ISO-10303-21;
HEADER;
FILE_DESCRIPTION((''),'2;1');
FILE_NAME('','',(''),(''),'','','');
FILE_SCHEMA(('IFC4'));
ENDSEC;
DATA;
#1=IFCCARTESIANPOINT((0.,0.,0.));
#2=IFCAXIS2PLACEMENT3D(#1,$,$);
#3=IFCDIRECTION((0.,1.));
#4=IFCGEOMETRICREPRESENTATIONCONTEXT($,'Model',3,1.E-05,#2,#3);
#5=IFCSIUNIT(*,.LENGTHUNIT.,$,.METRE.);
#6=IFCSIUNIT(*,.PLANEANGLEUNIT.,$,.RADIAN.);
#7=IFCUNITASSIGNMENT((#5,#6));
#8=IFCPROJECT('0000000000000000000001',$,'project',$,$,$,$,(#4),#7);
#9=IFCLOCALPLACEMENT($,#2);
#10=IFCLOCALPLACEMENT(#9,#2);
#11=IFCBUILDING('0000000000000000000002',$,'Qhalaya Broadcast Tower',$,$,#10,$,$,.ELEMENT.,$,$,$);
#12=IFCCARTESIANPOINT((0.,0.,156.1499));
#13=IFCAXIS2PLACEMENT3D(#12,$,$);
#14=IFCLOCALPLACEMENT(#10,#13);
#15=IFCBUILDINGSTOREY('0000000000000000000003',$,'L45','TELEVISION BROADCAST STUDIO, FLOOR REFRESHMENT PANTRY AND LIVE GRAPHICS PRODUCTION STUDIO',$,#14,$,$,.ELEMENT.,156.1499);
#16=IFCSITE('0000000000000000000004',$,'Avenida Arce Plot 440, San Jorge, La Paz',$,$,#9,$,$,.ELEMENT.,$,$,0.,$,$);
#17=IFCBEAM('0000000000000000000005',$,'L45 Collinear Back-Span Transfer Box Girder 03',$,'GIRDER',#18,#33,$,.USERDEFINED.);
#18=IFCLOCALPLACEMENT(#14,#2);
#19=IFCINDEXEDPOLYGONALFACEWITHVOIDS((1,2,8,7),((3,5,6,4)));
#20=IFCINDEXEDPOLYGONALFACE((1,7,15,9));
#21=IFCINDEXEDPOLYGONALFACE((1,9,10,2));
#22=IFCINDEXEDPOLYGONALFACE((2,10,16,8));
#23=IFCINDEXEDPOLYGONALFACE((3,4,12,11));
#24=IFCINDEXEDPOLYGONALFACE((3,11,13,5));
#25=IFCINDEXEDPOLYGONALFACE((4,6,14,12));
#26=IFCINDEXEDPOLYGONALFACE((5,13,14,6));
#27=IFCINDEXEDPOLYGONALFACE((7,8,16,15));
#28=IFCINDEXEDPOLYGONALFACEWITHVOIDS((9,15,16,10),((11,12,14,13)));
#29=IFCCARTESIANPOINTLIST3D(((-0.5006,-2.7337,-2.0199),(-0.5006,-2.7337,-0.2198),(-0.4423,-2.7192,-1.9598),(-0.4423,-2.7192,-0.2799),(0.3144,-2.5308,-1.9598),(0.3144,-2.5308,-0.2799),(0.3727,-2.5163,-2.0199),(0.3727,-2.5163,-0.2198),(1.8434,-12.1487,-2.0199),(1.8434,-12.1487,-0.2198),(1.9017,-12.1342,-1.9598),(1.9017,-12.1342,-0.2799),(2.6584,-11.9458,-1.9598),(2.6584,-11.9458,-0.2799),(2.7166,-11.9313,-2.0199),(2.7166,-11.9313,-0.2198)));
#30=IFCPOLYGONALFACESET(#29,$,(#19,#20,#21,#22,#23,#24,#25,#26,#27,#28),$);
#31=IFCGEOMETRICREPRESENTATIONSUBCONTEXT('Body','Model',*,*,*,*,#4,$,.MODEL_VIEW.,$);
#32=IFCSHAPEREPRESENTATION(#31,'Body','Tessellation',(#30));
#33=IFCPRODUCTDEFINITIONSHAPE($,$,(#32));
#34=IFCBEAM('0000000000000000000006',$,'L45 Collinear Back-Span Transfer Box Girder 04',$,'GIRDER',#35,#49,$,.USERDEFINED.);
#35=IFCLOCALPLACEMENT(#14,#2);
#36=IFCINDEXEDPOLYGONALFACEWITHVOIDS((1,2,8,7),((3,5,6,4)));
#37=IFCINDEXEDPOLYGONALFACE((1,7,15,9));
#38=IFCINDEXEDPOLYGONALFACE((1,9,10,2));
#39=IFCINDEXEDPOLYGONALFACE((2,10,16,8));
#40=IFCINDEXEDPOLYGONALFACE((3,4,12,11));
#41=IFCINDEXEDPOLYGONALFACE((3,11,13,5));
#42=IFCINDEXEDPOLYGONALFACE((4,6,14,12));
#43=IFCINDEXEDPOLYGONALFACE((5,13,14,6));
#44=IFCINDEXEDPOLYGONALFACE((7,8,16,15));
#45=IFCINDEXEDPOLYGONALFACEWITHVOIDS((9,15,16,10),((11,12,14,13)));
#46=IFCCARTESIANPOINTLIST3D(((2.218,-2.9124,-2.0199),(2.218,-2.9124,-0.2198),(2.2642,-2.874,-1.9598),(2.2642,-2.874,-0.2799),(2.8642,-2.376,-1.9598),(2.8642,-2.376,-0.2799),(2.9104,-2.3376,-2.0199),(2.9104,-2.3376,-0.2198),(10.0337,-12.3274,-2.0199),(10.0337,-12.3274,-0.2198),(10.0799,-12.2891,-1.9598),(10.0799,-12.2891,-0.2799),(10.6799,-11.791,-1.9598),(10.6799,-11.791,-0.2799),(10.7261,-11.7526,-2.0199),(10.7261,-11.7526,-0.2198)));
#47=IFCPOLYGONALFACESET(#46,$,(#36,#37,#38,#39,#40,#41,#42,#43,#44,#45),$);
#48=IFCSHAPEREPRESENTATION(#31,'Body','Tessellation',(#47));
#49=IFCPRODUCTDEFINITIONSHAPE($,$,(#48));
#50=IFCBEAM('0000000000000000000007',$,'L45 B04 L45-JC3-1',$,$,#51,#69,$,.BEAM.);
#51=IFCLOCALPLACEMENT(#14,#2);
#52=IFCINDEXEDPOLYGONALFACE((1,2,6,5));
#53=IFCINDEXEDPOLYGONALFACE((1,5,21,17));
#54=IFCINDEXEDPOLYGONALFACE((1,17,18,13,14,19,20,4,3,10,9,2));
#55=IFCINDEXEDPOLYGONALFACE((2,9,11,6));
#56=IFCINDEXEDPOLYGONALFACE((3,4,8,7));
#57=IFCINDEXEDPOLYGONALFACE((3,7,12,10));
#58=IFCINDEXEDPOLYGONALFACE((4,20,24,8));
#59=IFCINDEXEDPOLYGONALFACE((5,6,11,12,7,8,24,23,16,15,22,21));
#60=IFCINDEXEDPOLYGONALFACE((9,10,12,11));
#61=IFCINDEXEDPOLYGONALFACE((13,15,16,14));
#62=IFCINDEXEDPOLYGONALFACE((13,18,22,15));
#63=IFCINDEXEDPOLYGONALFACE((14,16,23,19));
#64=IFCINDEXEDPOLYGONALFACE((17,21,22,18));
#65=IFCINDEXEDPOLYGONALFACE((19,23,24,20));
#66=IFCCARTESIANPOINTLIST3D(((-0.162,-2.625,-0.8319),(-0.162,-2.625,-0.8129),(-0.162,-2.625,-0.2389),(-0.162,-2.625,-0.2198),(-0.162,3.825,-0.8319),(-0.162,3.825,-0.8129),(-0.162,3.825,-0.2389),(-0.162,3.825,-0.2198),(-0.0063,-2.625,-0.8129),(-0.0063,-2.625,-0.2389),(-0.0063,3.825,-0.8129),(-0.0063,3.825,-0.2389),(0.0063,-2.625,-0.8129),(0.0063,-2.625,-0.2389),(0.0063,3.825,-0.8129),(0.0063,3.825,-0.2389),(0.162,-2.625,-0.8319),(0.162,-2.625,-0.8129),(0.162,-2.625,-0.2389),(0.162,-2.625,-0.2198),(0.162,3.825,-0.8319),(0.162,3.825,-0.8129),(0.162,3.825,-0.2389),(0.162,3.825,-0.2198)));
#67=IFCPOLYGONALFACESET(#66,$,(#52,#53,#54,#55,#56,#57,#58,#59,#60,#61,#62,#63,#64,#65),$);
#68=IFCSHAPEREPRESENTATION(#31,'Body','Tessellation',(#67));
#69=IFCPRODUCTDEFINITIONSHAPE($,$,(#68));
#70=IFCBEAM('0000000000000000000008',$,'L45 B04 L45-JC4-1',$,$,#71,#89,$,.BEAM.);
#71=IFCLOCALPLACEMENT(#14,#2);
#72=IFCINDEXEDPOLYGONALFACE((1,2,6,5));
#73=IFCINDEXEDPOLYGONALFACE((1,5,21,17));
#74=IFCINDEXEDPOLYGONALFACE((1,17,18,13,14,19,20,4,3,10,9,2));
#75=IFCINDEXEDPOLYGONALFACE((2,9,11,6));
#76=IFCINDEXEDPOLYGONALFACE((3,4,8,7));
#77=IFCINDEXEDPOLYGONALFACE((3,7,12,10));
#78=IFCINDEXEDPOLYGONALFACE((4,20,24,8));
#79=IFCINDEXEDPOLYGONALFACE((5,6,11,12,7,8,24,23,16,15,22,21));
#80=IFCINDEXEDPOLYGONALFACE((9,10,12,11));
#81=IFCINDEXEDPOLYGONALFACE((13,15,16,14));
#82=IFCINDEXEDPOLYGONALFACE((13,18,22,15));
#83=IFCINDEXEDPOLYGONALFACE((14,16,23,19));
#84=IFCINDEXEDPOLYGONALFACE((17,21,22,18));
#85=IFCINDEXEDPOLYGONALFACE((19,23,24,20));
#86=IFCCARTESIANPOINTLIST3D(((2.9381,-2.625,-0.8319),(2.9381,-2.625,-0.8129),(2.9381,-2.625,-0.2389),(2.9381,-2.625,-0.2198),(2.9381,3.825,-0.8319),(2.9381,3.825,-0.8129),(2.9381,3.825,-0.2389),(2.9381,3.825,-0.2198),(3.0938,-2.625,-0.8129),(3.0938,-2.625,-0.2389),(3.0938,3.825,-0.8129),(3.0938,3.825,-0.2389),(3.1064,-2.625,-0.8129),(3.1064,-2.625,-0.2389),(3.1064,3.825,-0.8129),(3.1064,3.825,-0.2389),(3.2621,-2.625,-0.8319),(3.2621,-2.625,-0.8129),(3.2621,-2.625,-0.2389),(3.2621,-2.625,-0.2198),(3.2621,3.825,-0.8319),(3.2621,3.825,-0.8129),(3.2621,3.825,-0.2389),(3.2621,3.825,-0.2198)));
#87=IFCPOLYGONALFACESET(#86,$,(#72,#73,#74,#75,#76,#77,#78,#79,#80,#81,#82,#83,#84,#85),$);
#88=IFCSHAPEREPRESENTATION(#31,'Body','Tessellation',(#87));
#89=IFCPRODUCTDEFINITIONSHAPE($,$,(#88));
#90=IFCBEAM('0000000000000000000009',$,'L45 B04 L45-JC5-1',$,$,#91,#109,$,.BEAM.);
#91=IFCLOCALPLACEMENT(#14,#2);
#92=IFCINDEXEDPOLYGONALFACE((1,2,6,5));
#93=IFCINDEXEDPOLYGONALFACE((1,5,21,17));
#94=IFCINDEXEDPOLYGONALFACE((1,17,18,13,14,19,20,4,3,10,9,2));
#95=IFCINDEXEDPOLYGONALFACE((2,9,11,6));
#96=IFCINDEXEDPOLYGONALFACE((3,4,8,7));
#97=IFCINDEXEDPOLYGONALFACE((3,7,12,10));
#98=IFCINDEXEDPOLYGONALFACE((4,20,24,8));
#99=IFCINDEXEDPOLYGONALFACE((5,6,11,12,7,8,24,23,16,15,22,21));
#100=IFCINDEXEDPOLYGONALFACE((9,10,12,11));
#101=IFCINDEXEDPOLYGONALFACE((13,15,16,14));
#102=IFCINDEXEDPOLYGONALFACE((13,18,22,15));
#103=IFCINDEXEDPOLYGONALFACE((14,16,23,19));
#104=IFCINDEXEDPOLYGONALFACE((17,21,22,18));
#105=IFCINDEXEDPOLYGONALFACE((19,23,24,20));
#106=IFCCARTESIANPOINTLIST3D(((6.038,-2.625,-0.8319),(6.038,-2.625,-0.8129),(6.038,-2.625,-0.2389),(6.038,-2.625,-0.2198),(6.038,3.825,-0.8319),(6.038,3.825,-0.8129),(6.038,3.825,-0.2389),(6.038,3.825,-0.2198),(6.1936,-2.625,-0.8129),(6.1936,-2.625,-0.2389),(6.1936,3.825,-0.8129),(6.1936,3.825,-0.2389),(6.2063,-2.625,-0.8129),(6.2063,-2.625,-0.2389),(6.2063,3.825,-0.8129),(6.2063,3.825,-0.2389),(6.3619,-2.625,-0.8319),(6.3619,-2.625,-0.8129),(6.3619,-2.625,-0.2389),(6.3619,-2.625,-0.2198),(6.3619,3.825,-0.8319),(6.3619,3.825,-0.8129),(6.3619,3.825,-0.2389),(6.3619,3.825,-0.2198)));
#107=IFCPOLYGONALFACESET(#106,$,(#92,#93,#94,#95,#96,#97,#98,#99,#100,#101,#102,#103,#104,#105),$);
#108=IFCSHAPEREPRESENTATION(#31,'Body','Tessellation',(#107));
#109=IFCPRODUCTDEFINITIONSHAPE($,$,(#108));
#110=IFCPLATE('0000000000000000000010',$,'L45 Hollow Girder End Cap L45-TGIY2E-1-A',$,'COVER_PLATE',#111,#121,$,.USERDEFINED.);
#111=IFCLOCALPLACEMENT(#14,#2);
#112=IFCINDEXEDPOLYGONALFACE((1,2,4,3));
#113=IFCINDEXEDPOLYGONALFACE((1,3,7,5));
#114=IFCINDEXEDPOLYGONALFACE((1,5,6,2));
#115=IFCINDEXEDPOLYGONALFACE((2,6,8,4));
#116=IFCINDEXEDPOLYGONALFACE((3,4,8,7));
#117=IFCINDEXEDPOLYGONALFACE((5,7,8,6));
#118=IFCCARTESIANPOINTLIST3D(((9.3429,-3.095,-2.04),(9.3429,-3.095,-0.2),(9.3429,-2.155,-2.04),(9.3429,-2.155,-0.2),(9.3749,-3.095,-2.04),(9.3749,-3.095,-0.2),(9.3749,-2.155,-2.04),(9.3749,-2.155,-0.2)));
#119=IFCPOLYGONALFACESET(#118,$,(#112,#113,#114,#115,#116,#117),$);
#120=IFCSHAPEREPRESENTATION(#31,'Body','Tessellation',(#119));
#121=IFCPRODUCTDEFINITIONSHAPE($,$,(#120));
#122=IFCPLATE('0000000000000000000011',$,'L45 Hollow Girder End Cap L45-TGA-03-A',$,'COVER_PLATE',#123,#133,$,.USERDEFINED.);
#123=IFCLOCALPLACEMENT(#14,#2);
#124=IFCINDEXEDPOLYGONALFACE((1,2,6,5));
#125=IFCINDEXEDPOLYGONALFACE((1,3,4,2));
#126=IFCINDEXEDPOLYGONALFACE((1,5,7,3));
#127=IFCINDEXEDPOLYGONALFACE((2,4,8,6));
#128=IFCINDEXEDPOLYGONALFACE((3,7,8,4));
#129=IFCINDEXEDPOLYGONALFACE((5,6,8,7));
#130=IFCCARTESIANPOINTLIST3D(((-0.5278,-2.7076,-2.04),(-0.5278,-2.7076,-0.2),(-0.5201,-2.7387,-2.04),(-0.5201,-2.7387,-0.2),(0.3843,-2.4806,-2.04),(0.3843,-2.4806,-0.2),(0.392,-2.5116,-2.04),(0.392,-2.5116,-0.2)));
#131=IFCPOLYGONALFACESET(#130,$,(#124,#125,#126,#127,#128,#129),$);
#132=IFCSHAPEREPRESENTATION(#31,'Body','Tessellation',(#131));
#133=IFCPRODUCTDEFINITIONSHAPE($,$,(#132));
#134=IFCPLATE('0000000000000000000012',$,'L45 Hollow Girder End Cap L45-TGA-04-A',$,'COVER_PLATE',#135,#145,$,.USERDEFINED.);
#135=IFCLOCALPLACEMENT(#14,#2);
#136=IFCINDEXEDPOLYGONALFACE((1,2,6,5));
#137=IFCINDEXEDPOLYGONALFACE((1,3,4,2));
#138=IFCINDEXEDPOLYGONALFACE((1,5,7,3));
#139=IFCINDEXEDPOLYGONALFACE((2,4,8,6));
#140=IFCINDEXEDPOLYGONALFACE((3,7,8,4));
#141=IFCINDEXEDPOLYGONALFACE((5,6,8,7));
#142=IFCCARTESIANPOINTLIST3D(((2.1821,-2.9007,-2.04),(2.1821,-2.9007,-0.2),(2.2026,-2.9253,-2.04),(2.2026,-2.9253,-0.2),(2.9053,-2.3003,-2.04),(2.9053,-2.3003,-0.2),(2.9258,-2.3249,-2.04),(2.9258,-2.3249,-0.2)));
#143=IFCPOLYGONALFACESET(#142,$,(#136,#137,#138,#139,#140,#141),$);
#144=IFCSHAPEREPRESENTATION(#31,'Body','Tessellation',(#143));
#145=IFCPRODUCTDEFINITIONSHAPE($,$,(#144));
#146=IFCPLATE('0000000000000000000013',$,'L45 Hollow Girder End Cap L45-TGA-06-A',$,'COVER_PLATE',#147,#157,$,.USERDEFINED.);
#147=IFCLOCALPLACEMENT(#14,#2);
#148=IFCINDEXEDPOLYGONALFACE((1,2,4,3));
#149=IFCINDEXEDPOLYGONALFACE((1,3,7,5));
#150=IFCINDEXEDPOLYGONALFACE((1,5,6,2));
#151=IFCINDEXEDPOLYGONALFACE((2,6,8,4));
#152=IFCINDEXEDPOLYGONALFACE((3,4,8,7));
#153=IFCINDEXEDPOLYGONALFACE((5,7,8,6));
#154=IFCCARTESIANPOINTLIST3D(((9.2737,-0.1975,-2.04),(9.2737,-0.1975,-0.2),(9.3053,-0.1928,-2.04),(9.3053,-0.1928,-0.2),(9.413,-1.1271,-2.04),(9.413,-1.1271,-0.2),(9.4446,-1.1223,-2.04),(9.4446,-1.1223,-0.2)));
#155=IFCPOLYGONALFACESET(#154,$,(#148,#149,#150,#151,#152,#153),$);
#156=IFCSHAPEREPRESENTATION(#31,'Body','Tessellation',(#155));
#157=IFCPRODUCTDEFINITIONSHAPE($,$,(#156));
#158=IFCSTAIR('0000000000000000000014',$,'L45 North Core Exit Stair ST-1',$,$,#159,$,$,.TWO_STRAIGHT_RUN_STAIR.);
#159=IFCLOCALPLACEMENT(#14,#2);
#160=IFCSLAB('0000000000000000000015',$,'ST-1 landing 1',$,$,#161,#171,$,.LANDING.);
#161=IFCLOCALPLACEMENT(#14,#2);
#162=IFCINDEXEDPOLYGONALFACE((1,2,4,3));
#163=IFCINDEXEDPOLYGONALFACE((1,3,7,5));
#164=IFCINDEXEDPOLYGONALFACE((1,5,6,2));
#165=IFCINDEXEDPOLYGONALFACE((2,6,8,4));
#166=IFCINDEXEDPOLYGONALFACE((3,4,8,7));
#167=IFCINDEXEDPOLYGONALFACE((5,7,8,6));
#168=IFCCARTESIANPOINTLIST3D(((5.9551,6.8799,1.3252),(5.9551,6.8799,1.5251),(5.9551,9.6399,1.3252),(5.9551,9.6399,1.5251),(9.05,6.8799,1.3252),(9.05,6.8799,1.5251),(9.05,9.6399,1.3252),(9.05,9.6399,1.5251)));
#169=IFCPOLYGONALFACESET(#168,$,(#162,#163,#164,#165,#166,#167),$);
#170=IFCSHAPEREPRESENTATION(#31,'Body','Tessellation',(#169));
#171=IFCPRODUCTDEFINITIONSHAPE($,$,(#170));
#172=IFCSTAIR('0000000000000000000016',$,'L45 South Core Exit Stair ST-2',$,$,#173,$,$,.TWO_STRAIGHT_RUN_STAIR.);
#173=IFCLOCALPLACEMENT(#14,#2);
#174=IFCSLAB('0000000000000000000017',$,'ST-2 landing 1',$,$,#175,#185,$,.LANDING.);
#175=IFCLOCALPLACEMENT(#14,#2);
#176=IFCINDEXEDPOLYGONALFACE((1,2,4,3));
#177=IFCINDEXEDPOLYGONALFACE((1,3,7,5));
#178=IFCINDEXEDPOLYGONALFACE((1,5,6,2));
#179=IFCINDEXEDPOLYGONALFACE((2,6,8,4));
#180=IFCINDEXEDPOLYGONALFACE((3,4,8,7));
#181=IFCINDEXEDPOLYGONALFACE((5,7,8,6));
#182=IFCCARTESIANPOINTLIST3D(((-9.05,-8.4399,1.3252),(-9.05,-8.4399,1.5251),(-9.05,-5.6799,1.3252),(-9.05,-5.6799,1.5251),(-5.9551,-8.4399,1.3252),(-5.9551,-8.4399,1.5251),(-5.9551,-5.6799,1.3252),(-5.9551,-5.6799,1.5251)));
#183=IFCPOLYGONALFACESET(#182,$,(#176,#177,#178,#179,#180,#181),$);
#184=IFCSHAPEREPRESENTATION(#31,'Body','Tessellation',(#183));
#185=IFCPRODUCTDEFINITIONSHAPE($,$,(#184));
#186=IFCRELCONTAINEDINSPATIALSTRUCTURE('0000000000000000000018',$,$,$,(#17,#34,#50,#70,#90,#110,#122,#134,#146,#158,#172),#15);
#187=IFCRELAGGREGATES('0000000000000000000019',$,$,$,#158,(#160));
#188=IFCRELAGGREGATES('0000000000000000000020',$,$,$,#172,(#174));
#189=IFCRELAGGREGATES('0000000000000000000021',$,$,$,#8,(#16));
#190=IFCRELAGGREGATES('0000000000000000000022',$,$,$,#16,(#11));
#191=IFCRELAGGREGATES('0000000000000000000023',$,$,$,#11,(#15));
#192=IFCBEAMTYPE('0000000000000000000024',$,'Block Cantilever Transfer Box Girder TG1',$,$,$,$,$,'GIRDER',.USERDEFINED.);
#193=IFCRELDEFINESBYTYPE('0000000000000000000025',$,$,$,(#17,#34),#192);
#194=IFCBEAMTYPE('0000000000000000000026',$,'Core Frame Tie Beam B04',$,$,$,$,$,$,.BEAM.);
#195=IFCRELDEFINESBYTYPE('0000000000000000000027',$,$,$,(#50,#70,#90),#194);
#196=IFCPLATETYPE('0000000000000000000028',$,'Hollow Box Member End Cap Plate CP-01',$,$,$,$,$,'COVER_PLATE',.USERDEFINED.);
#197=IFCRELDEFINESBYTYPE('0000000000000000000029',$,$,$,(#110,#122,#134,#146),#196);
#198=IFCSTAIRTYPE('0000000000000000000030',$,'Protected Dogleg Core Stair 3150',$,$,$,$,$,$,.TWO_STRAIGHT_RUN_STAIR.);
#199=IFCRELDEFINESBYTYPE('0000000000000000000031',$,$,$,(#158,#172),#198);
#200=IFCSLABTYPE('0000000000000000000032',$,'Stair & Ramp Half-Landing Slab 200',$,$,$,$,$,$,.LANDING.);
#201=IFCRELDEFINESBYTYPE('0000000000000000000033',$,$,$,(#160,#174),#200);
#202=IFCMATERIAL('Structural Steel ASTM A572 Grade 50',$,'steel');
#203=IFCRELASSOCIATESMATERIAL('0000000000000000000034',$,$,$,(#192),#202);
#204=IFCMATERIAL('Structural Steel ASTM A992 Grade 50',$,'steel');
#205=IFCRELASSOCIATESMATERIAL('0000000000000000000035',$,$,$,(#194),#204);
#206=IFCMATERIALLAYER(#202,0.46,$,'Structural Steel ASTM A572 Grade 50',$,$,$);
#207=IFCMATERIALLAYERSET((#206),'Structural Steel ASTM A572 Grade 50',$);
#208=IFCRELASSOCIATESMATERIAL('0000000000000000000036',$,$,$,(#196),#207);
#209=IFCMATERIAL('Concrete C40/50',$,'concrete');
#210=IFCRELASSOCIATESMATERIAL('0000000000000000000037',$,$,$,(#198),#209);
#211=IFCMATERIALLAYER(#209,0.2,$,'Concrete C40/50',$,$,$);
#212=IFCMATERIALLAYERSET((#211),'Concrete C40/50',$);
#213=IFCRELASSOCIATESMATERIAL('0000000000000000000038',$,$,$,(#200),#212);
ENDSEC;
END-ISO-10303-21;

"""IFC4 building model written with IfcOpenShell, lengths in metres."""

from ifc_helpers import new_model, si_unit, direction, frame, origin, origin_2d, place, context, subcontext, project, spatial, polyline, rectangle, hollow_rectangle, i_section, outline, extrude, material, layer, layer_set, material_profile, profile_set, type_object, element, aggregate, save


model = new_model("IFC4")

# Units and contexts
model_context = context("Model", 3, precision=1e-05, world=origin(), true_north=direction((0.0, 1.0)))
body_context = subcontext(model_context, "Body", "Model", "MODEL_VIEW")
ifc_project = project(units=[si_unit("LENGTHUNIT", "METRE"), si_unit("PLANEANGLEUNIT", "RADIAN")], contexts=[model_context])

# Site, building, storey
site_placement = place(None, origin())
site = spatial("IfcSite", under=ifc_project, at=site_placement, Name="Avenida Arce Plot 440, San Jorge, La Paz", CompositionType="ELEMENT", RefElevation=0.0)
building_placement = place(site_placement, origin())
building = spatial("IfcBuilding", under=site, at=building_placement, Name="Qhalaya Broadcast Tower", CompositionType="ELEMENT")
storey_placement = place(building_placement, frame((0.0, 0.0, 156.1499)))
storey = spatial("IfcBuildingStorey", under=building, at=storey_placement, Name="L45", Description="TELEVISION BROADCAST STUDIO, FLOOR REFRESHMENT PANTRY AND LIVE GRAPHICS PRODUCTION STUDIO", CompositionType="ELEMENT", Elevation=156.1499)

# Beams
ifc_material_1 = material(Name="Structural Steel ASTM A572 Grade 50", Category="steel")
ifc_material_profile_1 = material_profile(ifc_material_1, hollow_rectangle(XDim=0.8999, YDim=1.8, WallThickness=0.0601, at=origin_2d()), Name="BOX 900x1800x60")
ifc_profile_set_1 = profile_set([ifc_material_profile_1], Name="Structural Steel ASTM A572 Grade 50")
beam_type_1 = type_object("IfcBeamType", Name="Block Cantilever Transfer Box Girder TG1", ElementType="GIRDER", PredefinedType="USERDEFINED", material=ifc_profile_set_1)
beam_1_placement = place(storey_placement, frame((-0.064, -2.625, -1.1199), z_axis=(0.241588, -0.970379, 0.0), x_axis=(0.970379, 0.241588, 0.0)))
element("IfcBeam", 1, at=beam_1_placement, inside=storey, type_object=beam_type_1, Name="L45 Collinear Back-Span Transfer Box Girder 03", ObjectType="GIRDER", PredefinedType="USERDEFINED", context=body_context, shape_type="SweptSolid", body=[
    extrude(hollow_rectangle(XDim=0.8999, YDim=1.8, WallThickness=0.0601, at=origin_2d()), origin(), (0.0, 0.0, 1.0), 9.7024),
])
beam_2_placement = place(storey_placement, frame((2.5642, -2.625, -1.1199), z_axis=(0.638727, -0.769433, 0.0), x_axis=(0.769433, 0.638727, 0.0)))
element("IfcBeam", 2, at=beam_2_placement, inside=storey, type_object=beam_type_1, Name="L45 Collinear Back-Span Transfer Box Girder 04", ObjectType="GIRDER", PredefinedType="USERDEFINED", context=body_context, shape_type="SweptSolid", body=[
    extrude(hollow_rectangle(XDim=0.8999, YDim=1.8, WallThickness=0.0601, at=origin_2d()), origin(), (0.0, 0.0, 1.0), 12.2363),
])
ifc_material_2 = material(Name="Structural Steel ASTM A992 Grade 50", Category="steel")
ifc_material_profile_2 = material_profile(ifc_material_2, i_section(OverallWidth=0.324, OverallDepth=0.6121, WebThickness=0.0127, FlangeThickness=0.019, at=origin_2d()), Name="W24X104")
ifc_profile_set_2 = profile_set([ifc_material_profile_2], Name="Structural Steel ASTM A992 Grade 50")
beam_type_2 = type_object("IfcBeamType", Name="Core Frame Tie Beam B04", PredefinedType="BEAM", material=ifc_profile_set_2)
for number, where, z_axis, x_axis, name in (
    (3, (0.0, -2.625, -0.5259), (0.0, 1.0, 0.0), (-1.0, 0.0, 0.0), "L45 B04 L45-JC3-1"),
    (4, (3.1001, -2.625, -0.5259), (0.0, 1.0, 0.0), (-1.0, 0.0, 0.0), "L45 B04 L45-JC4-1"),
    (5, (6.2, -2.625, -0.5259), (0.0, 1.0, 0.0), (-1.0, 0.0, 0.0), "L45 B04 L45-JC5-1"),
):
    element("IfcBeam", number, at=place(storey_placement, frame(where, z_axis=z_axis, x_axis=x_axis)), inside=storey, type_object=beam_type_2, Name=name, PredefinedType="BEAM", context=body_context, shape_type="SweptSolid", body=[
        extrude(i_section(OverallWidth=0.324, OverallDepth=0.6121, WebThickness=0.0127, FlangeThickness=0.019, at=origin_2d()), origin(), (0.0, 0.0, 1.0), 6.45),
    ])

# Plates
ifc_layer_1 = layer(ifc_material_1, 0.46, Name="Structural Steel ASTM A572 Grade 50")
ifc_layer_set_1 = layer_set([ifc_layer_1], Name="Structural Steel ASTM A572 Grade 50")
plate_type = type_object("IfcPlateType", Name="Hollow Box Member End Cap Plate CP-01", ElementType="COVER_PLATE", PredefinedType="USERDEFINED", material=ifc_layer_set_1)
for number, where, z_axis, x_axis, name in (
    (6, (9.3589, -2.625, -2.04), (0.0, 0.0, 1.0), (0.0, 1.0, 0.0), "L45 Hollow Girder End Cap L45-TGIY2E-1-A"),
    (7, (-0.0679, -2.6096, -2.04), (0.0, 0.0, 1.0), (0.97038, 0.241583, 0.0), "L45 Hollow Girder End Cap L45-TGA-03-A"),
    (8, (2.554, -2.6128, -2.04), (0.0, 0.0, 1.0), (0.769422, 0.638741, 0.0), "L45 Hollow Girder End Cap L45-TGA-04-A"),
    (9, (9.3591, -0.6599, -2.04), (0.0, 0.0, 1.0), (-0.148189, 0.988959, 0.0), "L45 Hollow Girder End Cap L45-TGA-06-A"),
):
    element("IfcPlate", number, at=place(storey_placement, frame(where, z_axis=z_axis, x_axis=x_axis)), inside=storey, type_object=plate_type, Name=name, ObjectType="COVER_PLATE", PredefinedType="USERDEFINED", context=body_context, shape_type="SweptSolid", body=[
        extrude(rectangle(XDim=0.9399, YDim=0.032, at=origin_2d()), origin(), (0.0, 0.0, 1.0), 1.8401),
    ])

# Stairs, slabs
ifc_material_3 = material(Name="Concrete C40/50", Category="concrete")
stair_type = type_object("IfcStairType", Name="Protected Dogleg Core Stair 3150", PredefinedType="TWO_STRAIGHT_RUN_STAIR", material=ifc_material_3)
stair_1_placement = place(storey_placement, origin())
stair_1 = element("IfcStair", 10, at=stair_1_placement, inside=storey, type_object=stair_type, Name="L45 North Core Exit Stair ST-1", PredefinedType="TWO_STRAIGHT_RUN_STAIR")
ifc_layer_2 = layer(ifc_material_3, 0.2, Name="Concrete C40/50")
ifc_layer_set_2 = layer_set([ifc_layer_2], Name="Concrete C40/50")
slab_type_1 = type_object("IfcSlabType", Name="Stair & Ramp Half-Landing Slab 200", PredefinedType="LANDING", material=ifc_layer_set_2)
slab_1_placement = place(storey_placement, frame((0.0, 0.0, 1.3252)))
slab_1 = element("IfcSlab", 11, at=slab_1_placement, type_object=slab_type_1, Name="ST-1 landing 1", PredefinedType="LANDING", context=body_context, shape_type="SweptSolid", body=[
    extrude(outline(polyline([(5.9551, 6.8799), (9.05, 6.8799), (9.05, 9.6399), (5.9551, 9.6399), (5.9551, 6.8799)])), origin(), (0.0, 0.0, 1.0), 0.2),
])
aggregate(stair_1, [slab_1])
stair_2_placement = place(storey_placement, origin())
stair_2 = element("IfcStair", 12, at=stair_2_placement, inside=storey, type_object=stair_type, Name="L45 South Core Exit Stair ST-2", PredefinedType="TWO_STRAIGHT_RUN_STAIR")
slab_2_placement = place(storey_placement, frame((0.0, 0.0, 1.3252)))
slab_2 = element("IfcSlab", 13, at=slab_2_placement, type_object=slab_type_1, Name="ST-2 landing 1", PredefinedType="LANDING", context=body_context, shape_type="SweptSolid", body=[
    extrude(outline(polyline([(-5.9551, -5.6799), (-9.05, -5.6799), (-9.05, -8.4399), (-5.9551, -8.4399), (-5.9551, -5.6799)])), origin(), (0.0, 0.0, 1.0), 0.2),
])
aggregate(stair_2, [slab_2])

save(model, "model.ifc")
